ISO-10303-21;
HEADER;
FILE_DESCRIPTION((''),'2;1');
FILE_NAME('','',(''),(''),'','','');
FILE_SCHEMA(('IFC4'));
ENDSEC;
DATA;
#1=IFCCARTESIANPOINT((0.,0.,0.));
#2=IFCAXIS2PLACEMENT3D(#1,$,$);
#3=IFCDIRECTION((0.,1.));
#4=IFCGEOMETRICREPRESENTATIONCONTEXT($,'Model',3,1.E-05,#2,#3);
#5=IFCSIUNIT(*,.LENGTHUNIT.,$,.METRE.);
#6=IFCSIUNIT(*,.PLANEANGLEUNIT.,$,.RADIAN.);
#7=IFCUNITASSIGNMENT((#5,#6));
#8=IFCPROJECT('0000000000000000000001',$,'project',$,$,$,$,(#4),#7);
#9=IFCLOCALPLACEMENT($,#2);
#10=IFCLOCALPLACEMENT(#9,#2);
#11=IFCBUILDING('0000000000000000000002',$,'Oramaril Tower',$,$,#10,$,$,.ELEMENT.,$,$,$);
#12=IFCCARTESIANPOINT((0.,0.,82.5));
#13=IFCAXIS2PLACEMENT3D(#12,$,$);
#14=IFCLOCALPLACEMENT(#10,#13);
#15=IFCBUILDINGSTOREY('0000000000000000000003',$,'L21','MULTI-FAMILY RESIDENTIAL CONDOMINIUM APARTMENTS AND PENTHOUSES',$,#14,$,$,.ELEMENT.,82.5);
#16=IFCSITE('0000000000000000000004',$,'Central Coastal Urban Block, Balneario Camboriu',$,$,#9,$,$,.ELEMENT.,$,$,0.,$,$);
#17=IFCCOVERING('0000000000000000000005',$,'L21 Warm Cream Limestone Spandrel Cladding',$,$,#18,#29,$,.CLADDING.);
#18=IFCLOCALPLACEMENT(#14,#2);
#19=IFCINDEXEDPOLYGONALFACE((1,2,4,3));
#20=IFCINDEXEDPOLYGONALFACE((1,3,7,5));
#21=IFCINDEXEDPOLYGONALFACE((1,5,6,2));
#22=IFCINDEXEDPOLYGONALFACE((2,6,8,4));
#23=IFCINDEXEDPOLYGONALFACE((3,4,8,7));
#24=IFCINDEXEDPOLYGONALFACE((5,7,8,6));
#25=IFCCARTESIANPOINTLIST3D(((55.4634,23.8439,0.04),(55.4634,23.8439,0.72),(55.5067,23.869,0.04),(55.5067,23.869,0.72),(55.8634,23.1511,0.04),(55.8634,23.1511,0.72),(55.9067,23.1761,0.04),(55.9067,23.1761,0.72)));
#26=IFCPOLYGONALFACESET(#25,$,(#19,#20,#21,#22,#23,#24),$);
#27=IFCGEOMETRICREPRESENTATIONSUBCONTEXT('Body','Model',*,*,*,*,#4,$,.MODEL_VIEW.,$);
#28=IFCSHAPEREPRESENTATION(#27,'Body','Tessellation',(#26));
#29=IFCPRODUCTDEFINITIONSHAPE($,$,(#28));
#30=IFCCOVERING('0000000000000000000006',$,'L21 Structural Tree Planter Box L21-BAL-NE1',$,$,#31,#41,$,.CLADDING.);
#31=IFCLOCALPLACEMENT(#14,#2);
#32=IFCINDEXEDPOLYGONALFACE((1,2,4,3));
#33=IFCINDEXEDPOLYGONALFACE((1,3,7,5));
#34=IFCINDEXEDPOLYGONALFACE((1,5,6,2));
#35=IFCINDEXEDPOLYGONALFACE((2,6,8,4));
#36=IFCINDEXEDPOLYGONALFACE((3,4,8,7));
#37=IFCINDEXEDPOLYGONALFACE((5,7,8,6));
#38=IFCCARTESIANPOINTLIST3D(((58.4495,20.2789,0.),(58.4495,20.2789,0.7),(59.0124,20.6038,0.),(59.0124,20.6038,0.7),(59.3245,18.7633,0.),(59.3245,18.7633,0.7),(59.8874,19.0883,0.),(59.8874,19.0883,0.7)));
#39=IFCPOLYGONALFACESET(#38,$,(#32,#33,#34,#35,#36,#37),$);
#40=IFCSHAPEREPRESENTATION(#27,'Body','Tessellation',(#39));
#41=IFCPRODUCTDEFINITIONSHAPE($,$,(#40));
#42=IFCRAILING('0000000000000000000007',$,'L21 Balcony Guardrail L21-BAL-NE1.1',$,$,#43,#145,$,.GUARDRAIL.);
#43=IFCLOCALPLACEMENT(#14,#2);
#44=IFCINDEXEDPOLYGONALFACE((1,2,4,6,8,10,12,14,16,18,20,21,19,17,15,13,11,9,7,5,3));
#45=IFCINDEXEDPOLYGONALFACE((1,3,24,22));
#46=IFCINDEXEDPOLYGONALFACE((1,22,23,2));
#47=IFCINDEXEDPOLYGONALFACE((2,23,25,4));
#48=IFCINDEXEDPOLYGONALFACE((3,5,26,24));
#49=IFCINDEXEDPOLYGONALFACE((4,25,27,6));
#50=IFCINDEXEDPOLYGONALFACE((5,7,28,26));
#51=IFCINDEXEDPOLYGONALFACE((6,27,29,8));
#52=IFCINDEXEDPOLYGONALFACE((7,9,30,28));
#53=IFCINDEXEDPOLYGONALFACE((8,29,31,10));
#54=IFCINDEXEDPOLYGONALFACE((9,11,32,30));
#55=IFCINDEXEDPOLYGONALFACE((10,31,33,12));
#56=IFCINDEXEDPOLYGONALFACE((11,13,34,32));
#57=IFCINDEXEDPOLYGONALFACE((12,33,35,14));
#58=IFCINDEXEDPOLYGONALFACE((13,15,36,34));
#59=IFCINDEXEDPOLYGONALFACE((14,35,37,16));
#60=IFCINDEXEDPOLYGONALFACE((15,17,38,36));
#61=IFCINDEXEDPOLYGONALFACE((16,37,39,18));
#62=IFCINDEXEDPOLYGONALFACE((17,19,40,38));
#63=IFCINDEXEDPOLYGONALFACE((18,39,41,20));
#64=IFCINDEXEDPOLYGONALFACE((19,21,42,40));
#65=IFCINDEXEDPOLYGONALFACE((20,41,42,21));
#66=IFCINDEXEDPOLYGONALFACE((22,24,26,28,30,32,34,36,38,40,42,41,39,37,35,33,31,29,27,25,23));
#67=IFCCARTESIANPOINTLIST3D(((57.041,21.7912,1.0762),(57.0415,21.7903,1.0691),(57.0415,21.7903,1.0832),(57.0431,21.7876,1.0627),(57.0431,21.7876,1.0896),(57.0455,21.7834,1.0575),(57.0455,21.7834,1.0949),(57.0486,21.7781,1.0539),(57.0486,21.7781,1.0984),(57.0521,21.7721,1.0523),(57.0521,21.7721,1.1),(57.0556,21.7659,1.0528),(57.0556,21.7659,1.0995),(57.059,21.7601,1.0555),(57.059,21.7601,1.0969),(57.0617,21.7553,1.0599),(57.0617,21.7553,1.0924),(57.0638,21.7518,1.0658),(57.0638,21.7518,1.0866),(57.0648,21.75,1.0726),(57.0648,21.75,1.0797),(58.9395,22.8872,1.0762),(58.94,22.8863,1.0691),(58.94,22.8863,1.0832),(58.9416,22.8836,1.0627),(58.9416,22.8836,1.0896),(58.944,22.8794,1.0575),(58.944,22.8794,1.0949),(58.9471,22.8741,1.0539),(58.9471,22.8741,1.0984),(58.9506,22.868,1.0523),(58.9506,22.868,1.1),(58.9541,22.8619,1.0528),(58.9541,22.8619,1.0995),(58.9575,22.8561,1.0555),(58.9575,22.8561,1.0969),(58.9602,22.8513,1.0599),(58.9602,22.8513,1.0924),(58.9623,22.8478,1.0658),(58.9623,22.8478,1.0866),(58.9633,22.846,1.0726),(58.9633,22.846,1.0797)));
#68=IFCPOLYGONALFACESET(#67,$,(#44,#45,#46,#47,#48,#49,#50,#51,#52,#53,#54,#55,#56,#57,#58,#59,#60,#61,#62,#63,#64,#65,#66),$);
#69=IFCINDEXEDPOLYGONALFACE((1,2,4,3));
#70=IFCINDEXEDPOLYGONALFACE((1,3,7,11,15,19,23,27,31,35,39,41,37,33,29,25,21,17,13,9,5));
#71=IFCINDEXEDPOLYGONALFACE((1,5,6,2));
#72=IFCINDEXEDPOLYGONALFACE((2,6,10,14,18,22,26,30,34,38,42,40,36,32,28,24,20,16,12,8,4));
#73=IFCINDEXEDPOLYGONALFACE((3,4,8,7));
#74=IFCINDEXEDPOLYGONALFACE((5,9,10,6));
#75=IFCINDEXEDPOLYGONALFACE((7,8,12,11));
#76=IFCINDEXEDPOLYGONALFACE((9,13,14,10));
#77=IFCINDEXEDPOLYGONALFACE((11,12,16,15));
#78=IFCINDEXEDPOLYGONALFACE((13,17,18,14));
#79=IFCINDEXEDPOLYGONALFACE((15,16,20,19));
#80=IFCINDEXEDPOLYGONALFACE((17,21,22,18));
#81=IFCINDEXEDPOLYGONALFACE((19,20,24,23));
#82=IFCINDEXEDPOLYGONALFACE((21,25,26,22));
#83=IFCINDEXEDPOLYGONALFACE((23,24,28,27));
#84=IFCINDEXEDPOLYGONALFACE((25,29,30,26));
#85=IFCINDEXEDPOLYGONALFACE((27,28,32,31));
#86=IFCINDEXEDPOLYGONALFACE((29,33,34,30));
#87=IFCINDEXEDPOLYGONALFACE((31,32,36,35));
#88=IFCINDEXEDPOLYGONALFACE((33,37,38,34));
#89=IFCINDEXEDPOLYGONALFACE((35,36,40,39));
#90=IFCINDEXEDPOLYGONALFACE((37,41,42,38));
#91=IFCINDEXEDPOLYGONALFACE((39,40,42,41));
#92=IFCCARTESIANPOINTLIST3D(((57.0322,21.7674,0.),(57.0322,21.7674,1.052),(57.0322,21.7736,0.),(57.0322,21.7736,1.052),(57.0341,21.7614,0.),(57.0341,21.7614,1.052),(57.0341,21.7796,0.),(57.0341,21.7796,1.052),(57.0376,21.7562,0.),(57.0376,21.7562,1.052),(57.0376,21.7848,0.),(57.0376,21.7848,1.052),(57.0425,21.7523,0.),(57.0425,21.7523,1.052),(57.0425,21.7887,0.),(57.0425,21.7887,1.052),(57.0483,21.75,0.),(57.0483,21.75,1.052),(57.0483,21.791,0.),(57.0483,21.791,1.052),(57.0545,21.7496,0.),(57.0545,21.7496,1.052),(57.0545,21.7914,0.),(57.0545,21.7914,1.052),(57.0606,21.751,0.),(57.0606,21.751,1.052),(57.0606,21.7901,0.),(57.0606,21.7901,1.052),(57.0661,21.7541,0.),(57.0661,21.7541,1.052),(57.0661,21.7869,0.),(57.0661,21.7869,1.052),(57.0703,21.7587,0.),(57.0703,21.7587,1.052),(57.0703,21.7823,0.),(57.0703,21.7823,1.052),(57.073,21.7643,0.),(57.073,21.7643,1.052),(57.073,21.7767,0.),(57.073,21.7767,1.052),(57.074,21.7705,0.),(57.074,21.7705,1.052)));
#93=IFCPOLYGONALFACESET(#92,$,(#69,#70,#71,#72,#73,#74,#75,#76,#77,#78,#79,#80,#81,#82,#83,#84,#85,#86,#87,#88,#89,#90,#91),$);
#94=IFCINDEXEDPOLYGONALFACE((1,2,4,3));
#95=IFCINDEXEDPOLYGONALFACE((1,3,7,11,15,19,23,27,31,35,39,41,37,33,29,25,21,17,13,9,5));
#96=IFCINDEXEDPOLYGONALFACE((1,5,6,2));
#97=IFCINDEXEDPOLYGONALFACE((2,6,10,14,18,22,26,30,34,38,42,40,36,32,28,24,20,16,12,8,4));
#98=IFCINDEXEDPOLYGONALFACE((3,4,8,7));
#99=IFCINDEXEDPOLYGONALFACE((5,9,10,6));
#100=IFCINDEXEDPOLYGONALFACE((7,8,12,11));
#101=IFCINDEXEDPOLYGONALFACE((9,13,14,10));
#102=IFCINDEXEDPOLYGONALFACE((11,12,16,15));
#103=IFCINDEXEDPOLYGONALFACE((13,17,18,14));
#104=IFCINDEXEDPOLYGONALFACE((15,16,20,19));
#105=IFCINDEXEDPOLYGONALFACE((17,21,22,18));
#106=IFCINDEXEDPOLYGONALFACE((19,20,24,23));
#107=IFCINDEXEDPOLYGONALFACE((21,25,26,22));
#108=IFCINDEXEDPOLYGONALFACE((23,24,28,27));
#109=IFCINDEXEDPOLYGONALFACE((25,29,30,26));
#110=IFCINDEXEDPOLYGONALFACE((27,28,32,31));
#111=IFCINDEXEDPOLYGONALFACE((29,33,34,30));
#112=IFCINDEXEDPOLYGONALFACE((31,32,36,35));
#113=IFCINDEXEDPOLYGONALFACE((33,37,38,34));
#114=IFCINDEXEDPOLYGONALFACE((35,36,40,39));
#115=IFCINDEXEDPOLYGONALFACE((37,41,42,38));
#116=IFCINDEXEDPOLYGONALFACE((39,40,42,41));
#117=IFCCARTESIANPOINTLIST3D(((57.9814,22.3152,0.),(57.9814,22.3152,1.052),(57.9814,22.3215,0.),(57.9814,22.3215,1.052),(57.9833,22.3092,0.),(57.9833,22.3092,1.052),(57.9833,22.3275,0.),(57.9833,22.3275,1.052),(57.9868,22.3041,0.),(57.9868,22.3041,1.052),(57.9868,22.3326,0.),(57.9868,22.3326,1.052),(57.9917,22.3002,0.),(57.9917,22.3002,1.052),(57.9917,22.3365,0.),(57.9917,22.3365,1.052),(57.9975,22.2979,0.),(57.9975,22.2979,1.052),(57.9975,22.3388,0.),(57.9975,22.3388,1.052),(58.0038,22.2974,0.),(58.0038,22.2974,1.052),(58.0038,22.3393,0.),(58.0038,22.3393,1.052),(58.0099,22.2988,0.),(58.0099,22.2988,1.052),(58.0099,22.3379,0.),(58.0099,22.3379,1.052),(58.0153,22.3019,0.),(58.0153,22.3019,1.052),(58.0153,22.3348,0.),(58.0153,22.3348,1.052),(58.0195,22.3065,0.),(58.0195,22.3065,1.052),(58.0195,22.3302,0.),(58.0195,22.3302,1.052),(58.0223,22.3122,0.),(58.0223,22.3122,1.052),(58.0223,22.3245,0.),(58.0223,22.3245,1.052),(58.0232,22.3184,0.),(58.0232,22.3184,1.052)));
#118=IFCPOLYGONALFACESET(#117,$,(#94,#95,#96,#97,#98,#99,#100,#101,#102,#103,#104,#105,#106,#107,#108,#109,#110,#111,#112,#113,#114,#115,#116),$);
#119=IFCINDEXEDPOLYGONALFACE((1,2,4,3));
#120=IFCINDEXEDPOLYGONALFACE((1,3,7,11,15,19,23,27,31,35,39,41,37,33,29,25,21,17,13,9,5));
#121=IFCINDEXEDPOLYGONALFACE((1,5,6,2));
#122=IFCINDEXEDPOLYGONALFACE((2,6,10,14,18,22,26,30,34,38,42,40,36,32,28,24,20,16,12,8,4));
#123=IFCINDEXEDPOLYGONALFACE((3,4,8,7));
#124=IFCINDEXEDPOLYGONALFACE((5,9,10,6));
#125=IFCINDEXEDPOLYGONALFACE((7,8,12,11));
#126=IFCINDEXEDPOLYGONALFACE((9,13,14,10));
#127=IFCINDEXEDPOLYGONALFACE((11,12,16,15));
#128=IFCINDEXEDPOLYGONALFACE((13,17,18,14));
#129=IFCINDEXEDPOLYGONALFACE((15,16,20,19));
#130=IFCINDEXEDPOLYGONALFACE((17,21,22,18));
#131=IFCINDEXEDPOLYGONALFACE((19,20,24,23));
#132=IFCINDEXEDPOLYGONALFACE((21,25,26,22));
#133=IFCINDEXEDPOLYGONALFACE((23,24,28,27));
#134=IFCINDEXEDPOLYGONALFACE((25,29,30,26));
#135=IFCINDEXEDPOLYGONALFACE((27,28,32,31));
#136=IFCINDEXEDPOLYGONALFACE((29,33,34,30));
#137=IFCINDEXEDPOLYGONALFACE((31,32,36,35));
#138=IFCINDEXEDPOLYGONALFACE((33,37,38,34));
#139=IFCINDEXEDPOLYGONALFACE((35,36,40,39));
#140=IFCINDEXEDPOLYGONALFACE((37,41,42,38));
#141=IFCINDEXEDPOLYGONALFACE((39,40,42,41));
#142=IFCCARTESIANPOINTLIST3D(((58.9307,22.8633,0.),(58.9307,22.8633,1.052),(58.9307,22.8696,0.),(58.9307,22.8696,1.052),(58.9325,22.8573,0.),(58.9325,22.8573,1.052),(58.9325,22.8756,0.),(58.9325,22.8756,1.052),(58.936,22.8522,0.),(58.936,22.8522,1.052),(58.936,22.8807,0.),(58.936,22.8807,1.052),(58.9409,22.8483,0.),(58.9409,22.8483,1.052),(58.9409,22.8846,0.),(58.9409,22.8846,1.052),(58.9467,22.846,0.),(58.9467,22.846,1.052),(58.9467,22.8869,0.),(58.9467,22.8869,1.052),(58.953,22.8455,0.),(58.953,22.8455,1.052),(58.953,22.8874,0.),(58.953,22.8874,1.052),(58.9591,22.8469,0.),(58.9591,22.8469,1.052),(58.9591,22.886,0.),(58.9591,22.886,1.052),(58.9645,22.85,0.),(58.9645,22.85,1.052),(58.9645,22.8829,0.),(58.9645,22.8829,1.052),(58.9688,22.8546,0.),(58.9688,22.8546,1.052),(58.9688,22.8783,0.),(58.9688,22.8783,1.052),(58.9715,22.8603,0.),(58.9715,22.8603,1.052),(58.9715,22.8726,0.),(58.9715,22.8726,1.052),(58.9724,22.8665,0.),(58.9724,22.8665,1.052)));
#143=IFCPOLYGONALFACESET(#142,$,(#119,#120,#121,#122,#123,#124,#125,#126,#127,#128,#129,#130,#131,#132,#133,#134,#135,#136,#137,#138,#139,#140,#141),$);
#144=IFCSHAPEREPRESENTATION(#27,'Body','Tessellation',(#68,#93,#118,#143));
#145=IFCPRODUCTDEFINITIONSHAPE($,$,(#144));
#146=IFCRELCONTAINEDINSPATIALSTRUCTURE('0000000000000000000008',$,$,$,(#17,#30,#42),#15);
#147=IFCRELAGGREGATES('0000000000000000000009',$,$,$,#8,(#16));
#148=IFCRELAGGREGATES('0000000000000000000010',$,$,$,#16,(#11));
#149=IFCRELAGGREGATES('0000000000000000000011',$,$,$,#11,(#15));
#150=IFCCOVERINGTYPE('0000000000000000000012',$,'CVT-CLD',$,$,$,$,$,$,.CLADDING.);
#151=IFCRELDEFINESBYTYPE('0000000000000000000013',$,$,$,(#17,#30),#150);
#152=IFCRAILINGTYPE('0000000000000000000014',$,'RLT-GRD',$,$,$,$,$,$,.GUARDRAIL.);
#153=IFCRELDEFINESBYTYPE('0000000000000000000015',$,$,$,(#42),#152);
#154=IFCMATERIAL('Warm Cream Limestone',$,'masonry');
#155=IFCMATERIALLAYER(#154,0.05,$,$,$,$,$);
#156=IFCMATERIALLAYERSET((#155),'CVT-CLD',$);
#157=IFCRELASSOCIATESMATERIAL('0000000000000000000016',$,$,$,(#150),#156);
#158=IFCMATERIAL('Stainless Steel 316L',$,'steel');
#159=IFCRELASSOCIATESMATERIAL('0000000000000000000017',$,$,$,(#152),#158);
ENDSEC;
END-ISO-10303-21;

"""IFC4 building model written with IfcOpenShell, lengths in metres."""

from ifc_helpers import new_model, si_unit, direction, frame, origin, origin_2d, place, context, subcontext, project, spatial, rectangle, circle, extrude, material, layer, layer_set, type_object, element, save


model = new_model("IFC4")

# Units and contexts
model_context = context("Model", 3, precision=1e-05, world=origin(), true_north=direction((0.0, 1.0)))
body_context = subcontext(model_context, "Body", "Model", "MODEL_VIEW")
ifc_project = project(units=[si_unit("LENGTHUNIT", "METRE"), si_unit("PLANEANGLEUNIT", "RADIAN")], contexts=[model_context])

# Site, building, storey
site_placement = place(None, origin())
site = spatial("IfcSite", under=ifc_project, at=site_placement, Name="Central Coastal Urban Block, Balneario Camboriu", CompositionType="ELEMENT", RefElevation=0.0)
building_placement = place(site_placement, origin())
building = spatial("IfcBuilding", under=site, at=building_placement, Name="Oramaril Tower", CompositionType="ELEMENT")
storey_placement = place(building_placement, frame((0.0, 0.0, 82.5)))
storey = spatial("IfcBuildingStorey", under=building, at=storey_placement, Name="L21", Description="MULTI-FAMILY RESIDENTIAL CONDOMINIUM APARTMENTS AND PENTHOUSES", CompositionType="ELEMENT", Elevation=82.5)

# Coverings
ifc_material_1 = material(Name="Warm Cream Limestone", Category="masonry")
ifc_layer_1 = layer(ifc_material_1, 0.05)
ifc_layer_set_1 = layer_set([ifc_layer_1], Name="CVT-CLD")
covering_type = type_object("IfcCoveringType", Name="CVT-CLD", PredefinedType="CLADDING", material=ifc_layer_set_1)
covering_1_placement = place(storey_placement, frame((55.6851, 23.51, 0.04), z_axis=(0.0, 0.0, 1.0), x_axis=(-0.5, 0.866025, 0.0)))
element("IfcCovering", 1, at=covering_1_placement, inside=storey, type_object=covering_type, Name="L21 Warm Cream Limestone Spandrel Cladding", PredefinedType="CLADDING", context=body_context, shape_type="SweptSolid", body=[
    extrude(rectangle(XDim=0.8, YDim=0.05, at=origin_2d()), origin(), (0.0, 0.0, 1.0), 0.6799),
])
covering_2_placement = place(storey_placement, frame((59.1685, 19.6836, 0.0), z_axis=(0.0, 0.0, 1.0), x_axis=(-0.500002, 0.866025, 0.0)))
element("IfcCovering", 2, at=covering_2_placement, inside=storey, type_object=covering_type, Name="L21 Structural Tree Planter Box L21-BAL-NE1", PredefinedType="CLADDING", context=body_context, shape_type="SweptSolid", body=[
    extrude(rectangle(XDim=1.75, YDim=0.6499, at=origin_2d()), origin(), (0.0, 0.0, 1.0), 0.7),
])

# Railing
ifc_material_2 = material(Name="Stainless Steel 316L", Category="steel")
railing_type = type_object("IfcRailingType", Name="RLT-GRD", PredefinedType="GUARDRAIL", material=ifc_material_2)
railing_1_placement = place(storey_placement, frame((57.053, 21.7705, 0.0)))
element("IfcRailing", 3, at=railing_1_placement, inside=storey, type_object=railing_type, Name="L21 Balcony Guardrail L21-BAL-NE1.1", PredefinedType="GUARDRAIL", context=body_context, shape_type="SweptSolid", body=[
    extrude(circle(Radius=0.0239, at=origin_2d()), frame((0.0, 0.0, 1.0762), z_axis=(0.866048, 0.49996, 0.0), x_axis=(-0.49996, 0.866048, 0.0)), (0.0, 0.0, 1.0), 2.1921),
    extrude(circle(Radius=0.021, at=origin_2d()), origin(), (0.0, 0.0, 1.0), 1.052),
    extrude(circle(Radius=0.021, at=origin_2d()), frame((0.9492, 0.5479, 0.0)), (0.0, 0.0, 1.0), 1.052),
    extrude(circle(Radius=0.021, at=origin_2d()), frame((1.8984, 1.0959, 0.0)), (0.0, 0.0, 1.0), 1.052),
])

save(model, "model.ifc")
